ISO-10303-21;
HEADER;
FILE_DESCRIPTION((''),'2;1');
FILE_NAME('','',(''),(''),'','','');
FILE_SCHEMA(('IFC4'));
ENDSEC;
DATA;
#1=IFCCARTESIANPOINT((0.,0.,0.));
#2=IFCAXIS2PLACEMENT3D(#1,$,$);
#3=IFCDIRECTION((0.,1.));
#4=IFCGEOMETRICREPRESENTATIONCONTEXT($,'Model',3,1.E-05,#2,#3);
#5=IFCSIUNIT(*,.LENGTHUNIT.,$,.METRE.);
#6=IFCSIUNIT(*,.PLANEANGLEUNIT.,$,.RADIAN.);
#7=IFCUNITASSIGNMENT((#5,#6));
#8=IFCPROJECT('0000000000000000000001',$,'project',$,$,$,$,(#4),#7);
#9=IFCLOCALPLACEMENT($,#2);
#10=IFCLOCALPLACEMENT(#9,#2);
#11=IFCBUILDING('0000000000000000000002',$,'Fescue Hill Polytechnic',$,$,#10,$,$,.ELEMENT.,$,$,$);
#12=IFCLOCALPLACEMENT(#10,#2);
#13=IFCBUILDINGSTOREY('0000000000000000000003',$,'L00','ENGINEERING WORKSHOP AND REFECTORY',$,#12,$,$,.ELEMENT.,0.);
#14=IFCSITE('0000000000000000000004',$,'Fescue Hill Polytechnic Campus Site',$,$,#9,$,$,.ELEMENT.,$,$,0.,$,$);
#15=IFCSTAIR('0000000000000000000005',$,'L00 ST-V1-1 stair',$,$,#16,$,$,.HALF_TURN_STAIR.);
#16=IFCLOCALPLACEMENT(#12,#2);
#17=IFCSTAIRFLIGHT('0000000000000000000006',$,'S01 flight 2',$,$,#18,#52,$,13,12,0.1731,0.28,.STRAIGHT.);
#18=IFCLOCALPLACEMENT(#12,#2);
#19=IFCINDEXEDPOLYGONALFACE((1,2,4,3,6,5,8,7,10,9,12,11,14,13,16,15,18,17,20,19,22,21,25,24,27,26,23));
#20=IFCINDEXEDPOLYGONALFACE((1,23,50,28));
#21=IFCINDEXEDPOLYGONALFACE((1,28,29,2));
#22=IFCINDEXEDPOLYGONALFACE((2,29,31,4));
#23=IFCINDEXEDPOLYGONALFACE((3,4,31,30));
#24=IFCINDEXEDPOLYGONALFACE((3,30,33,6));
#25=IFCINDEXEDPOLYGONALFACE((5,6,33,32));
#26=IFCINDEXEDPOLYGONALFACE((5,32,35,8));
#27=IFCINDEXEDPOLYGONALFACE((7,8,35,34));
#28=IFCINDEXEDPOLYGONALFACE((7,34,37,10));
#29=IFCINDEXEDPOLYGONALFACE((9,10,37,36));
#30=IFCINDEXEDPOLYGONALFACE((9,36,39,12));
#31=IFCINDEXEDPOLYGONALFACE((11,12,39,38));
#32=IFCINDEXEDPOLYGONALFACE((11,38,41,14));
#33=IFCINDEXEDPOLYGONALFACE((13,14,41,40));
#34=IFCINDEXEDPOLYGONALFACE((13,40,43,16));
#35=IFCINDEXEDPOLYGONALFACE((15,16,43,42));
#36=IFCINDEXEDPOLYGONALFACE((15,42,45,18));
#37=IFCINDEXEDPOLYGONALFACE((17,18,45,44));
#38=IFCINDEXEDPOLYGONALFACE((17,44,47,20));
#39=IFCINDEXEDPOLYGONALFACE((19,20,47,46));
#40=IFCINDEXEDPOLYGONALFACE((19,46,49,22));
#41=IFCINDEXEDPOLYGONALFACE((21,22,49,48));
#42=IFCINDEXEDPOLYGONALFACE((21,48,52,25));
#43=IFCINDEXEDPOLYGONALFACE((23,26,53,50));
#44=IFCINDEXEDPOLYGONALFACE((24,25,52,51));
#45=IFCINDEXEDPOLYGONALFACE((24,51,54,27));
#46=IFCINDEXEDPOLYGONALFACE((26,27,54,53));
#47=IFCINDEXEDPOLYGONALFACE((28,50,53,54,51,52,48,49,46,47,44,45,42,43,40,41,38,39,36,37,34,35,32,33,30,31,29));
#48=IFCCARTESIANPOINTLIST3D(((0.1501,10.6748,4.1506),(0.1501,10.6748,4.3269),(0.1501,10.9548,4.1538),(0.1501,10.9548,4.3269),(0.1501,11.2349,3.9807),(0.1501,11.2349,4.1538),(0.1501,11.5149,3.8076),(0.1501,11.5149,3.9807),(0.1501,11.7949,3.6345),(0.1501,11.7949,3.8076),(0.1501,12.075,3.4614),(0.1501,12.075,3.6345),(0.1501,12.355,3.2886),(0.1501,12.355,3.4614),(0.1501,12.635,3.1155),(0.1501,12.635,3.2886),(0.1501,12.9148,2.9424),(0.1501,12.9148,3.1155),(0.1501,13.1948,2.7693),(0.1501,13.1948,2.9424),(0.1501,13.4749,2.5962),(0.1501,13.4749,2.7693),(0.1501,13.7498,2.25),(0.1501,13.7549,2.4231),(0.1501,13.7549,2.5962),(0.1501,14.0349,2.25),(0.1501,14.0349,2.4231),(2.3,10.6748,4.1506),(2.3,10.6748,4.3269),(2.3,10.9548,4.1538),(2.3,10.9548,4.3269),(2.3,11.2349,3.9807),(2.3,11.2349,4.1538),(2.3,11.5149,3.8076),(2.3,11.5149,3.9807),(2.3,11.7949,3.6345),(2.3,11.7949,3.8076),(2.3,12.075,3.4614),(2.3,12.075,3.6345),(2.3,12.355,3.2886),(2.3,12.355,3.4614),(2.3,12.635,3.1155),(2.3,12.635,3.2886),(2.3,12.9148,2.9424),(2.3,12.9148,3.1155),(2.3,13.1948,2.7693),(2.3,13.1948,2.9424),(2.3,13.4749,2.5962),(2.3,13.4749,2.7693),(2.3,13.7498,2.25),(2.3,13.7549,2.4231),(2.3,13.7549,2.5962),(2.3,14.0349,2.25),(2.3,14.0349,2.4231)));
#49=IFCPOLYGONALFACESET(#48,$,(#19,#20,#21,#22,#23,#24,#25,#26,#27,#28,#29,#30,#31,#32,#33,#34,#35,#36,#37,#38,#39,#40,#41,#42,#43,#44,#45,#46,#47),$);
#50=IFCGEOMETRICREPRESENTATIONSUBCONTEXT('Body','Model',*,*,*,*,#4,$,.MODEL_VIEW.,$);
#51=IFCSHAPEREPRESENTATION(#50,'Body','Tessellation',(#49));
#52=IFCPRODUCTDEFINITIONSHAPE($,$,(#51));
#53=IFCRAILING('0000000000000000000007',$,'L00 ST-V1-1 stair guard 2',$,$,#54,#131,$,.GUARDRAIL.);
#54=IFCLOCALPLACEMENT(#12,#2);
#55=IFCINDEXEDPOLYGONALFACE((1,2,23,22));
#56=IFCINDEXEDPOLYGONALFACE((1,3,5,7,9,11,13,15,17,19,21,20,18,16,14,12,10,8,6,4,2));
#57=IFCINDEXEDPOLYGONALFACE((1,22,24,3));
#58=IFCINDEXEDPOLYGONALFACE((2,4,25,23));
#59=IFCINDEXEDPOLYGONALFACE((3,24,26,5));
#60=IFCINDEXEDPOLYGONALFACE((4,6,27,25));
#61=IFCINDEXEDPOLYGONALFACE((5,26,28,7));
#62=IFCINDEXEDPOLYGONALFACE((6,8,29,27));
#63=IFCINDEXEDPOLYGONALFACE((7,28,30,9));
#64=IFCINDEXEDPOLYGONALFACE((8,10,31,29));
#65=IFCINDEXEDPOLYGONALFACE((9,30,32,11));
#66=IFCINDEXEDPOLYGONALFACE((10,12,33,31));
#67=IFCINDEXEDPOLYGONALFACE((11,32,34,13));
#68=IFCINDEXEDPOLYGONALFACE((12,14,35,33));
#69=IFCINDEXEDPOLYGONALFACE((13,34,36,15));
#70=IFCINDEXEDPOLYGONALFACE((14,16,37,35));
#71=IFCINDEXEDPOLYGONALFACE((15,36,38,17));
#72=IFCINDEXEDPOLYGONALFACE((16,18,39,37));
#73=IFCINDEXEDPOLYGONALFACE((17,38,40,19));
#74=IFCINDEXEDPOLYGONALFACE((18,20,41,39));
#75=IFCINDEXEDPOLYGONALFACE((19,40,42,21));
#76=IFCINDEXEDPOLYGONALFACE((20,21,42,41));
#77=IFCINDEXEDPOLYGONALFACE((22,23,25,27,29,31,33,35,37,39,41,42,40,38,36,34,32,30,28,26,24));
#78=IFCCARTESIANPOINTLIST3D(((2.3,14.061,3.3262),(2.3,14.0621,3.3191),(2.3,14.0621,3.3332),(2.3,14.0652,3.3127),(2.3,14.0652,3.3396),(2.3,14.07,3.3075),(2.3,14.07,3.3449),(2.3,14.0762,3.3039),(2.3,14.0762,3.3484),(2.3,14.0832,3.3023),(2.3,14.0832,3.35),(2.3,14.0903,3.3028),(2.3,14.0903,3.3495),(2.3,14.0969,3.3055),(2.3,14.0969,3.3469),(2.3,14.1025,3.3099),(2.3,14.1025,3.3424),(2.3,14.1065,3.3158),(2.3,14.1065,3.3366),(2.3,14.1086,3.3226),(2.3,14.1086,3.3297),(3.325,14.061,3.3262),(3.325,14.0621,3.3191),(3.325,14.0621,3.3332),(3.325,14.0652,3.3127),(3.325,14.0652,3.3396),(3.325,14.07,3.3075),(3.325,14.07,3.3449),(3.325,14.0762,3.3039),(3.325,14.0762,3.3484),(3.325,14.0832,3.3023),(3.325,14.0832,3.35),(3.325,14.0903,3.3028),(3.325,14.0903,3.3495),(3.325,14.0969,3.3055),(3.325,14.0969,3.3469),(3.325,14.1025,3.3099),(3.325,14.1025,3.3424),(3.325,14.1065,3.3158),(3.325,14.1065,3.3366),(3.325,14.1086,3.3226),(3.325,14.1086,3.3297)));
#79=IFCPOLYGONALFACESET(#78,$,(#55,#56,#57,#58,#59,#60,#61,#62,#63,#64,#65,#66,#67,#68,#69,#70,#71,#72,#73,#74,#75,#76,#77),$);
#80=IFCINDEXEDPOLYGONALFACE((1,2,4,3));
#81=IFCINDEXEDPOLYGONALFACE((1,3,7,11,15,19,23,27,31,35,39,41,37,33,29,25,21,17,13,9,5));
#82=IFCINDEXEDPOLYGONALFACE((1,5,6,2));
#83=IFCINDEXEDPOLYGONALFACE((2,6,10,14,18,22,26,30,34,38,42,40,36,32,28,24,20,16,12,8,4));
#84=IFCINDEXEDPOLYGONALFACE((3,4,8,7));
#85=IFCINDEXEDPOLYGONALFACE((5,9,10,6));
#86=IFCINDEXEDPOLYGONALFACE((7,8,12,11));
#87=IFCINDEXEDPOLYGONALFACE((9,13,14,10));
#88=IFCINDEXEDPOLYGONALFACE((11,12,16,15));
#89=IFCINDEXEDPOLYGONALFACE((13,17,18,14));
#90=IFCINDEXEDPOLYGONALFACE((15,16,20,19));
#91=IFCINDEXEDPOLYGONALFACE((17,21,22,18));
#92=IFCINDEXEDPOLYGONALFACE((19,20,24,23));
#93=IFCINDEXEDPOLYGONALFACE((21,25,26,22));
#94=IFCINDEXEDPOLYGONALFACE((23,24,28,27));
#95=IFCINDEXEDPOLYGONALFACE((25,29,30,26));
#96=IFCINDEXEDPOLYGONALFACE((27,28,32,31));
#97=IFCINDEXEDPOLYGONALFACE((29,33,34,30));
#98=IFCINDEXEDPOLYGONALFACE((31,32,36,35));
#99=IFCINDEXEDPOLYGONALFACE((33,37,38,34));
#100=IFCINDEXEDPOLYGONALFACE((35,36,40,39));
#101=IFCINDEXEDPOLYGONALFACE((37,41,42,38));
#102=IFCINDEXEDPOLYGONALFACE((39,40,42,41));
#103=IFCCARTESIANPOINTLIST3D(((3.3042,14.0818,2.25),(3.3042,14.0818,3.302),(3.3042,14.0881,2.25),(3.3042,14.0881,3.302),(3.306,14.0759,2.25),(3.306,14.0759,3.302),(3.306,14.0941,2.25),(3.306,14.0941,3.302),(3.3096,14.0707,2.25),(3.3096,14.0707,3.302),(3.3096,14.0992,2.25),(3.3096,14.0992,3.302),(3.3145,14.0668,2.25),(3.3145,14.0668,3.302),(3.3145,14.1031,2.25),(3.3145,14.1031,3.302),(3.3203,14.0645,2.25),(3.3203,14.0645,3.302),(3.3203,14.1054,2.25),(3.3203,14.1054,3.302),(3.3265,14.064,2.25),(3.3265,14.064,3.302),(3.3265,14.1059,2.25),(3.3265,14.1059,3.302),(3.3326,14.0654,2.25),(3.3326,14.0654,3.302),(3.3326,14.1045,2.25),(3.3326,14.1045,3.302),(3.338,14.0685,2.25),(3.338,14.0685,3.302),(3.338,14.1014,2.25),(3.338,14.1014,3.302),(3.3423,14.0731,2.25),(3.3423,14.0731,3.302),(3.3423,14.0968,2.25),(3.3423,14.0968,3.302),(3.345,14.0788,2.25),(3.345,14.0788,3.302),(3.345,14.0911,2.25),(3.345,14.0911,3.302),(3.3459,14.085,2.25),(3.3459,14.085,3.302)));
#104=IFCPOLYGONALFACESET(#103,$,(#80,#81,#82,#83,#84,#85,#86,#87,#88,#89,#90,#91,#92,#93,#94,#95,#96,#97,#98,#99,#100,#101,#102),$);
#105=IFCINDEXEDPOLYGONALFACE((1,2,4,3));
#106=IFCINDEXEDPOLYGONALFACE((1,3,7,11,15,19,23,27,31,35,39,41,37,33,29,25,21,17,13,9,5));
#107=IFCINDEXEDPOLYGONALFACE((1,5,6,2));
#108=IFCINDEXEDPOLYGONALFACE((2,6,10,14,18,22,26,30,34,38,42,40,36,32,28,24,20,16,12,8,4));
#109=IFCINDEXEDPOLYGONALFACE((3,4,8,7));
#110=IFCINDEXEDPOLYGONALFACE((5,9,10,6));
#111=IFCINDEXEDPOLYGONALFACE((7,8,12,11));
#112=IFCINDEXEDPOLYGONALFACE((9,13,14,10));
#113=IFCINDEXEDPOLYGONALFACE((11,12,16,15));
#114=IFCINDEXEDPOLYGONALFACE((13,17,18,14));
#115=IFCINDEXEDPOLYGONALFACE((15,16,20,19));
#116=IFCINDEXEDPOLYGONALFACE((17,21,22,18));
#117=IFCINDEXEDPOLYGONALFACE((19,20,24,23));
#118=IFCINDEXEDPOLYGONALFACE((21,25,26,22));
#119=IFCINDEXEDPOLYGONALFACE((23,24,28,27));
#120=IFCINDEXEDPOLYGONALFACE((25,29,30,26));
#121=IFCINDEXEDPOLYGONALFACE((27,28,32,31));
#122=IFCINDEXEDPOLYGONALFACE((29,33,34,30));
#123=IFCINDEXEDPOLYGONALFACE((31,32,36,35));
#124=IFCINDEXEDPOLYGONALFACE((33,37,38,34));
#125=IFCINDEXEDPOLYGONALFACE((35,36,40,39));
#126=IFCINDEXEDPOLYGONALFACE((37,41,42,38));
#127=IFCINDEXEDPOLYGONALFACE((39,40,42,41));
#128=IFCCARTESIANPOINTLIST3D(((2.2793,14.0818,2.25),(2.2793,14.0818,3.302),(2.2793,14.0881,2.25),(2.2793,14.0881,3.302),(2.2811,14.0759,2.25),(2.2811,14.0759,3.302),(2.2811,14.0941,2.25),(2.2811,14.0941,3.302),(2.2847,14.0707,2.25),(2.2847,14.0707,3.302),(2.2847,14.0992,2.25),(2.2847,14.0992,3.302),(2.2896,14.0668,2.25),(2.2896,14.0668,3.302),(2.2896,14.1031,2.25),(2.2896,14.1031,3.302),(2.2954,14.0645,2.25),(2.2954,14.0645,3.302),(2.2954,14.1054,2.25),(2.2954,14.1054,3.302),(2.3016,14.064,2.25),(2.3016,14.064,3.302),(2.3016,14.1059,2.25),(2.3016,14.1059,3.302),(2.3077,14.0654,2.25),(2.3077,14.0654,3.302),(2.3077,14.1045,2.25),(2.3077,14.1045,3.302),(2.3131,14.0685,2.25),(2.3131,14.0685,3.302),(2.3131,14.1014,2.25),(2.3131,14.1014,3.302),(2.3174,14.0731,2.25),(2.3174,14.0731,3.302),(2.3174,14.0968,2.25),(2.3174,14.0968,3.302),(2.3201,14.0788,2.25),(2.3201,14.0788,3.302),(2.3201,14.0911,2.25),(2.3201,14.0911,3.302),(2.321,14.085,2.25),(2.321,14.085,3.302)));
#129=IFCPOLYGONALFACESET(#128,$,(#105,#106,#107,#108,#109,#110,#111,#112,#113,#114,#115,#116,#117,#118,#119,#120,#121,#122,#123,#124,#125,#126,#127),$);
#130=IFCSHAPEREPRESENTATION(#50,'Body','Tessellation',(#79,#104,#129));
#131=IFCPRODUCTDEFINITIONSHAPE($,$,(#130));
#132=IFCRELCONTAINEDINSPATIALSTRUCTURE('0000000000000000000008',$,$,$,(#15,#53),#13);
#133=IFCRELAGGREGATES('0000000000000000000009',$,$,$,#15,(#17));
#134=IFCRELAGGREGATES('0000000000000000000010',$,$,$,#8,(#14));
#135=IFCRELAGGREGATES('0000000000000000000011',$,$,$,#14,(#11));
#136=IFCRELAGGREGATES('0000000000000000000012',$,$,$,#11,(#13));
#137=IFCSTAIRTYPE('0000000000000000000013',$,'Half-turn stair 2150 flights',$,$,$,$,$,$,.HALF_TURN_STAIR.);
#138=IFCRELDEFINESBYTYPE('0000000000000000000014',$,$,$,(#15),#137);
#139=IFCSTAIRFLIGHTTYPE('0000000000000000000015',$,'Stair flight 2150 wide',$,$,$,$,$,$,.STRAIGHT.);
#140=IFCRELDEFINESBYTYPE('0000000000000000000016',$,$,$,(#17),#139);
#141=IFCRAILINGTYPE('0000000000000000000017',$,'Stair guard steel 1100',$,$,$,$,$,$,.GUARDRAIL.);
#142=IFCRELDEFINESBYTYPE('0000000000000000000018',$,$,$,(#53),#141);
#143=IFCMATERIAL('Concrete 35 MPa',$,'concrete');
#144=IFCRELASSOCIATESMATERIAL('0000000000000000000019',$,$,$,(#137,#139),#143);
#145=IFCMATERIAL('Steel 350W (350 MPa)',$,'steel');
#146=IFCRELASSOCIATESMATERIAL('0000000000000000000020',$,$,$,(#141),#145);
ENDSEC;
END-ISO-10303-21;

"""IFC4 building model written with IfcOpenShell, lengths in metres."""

from ifc_helpers import new_model, si_unit, direction, frame, origin, origin_2d, place, context, subcontext, project, spatial, polyline, circle, outline, extrude, material, type_object, element, aggregate, save


model = new_model("IFC4")

# Units and contexts
model_context = context("Model", 3, precision=1e-05, world=origin(), true_north=direction((0.0, 1.0)))
body_context = subcontext(model_context, "Body", "Model", "MODEL_VIEW")
ifc_project = project(units=[si_unit("LENGTHUNIT", "METRE"), si_unit("PLANEANGLEUNIT", "RADIAN")], contexts=[model_context])

# Site, building, storey
site_placement = place(None, origin())
site = spatial("IfcSite", under=ifc_project, at=site_placement, Name="Fescue Hill Polytechnic Campus Site", CompositionType="ELEMENT", RefElevation=0.0)
building_placement = place(site_placement, origin())
building = spatial("IfcBuilding", under=site, at=building_placement, Name="Fescue Hill Polytechnic", CompositionType="ELEMENT")
storey_placement = place(building_placement, origin())
storey = spatial("IfcBuildingStorey", under=building, at=storey_placement, Name="L00", Description="ENGINEERING WORKSHOP AND REFECTORY", CompositionType="ELEMENT", Elevation=0.0)

# Stair, stair flight
ifc_material_1 = material(Name="Concrete 35 MPa", Category="concrete")
stair_type = type_object("IfcStairType", Name="Half-turn stair 2150 flights", PredefinedType="HALF_TURN_STAIR", material=ifc_material_1)
stair_placement = place(storey_placement, origin())
stair = element("IfcStair", 1, at=stair_placement, inside=storey, type_object=stair_type, Name="L00 ST-V1-1 stair", PredefinedType="HALF_TURN_STAIR")
stair_flight_type = type_object("IfcStairFlightType", Name="Stair flight 2150 wide", PredefinedType="STRAIGHT", material=ifc_material_1)
stair_flight_placement = place(storey_placement, frame((1.2251, 14.0349, 2.25), z_axis=(0.0, 0.0, 1.0), x_axis=(0.0, -1.0, 0.0)))
stair_flight = element("IfcStairFlight", 2, at=stair_flight_placement, type_object=stair_flight_type, Name="S01 flight 2", NumberOfRisers=13, NumberOfTreads=12, PredefinedType="STRAIGHT", RiserHeight=0.1731, TreadLength=0.28, context=body_context, shape_type="SweptSolid", body=[
    extrude(outline(polyline([(0.0, 0.0), (0.0, 0.1731), (0.28, 0.1731), (0.28, 0.3462), (0.5601, 0.3462), (0.5601, 0.5193), (0.8401, 0.5193), (0.8401, 0.6924), (1.1201, 0.6924), (1.1201, 0.8655), (1.3999, 0.8655), (1.3999, 1.0386), (1.6799, 1.0386), (1.6799, 1.2114), (1.96, 1.2114), (1.96, 1.3845), (2.24, 1.3845), (2.24, 1.5576), (2.52, 1.5576), (2.52, 1.7307), (2.8, 1.7307), (2.8, 1.9038), (3.0801, 1.9038), (3.0801, 2.0769), (3.3601, 2.0769), (3.3601, 2.25), (3.3601, 1.9006), (0.2852, 0.0), (0.0, 0.0)])), frame((0.0, 1.075, 0.0), z_axis=(0.0, -1.0, 0.0), x_axis=(1.0, 0.0, 0.0)), (0.0, 0.0, 1.0), 2.1499),
])
aggregate(stair, [stair_flight])

# Railing
ifc_material_2 = material(Name="Steel 350W (350 MPa)", Category="steel")
railing_type_1 = type_object("IfcRailingType", Name="Stair guard steel 1100", PredefinedType="GUARDRAIL", material=ifc_material_2)
railing_1_placement = place(storey_placement, frame((3.325, 14.085, 2.25)))
element("IfcRailing", 3, at=railing_1_placement, inside=storey, type_object=railing_type_1, Name="L00 ST-V1-1 stair guard 2", PredefinedType="GUARDRAIL", context=body_context, shape_type="SweptSolid", body=[
    extrude(circle(Radius=0.0239, at=origin_2d()), frame((0.0, 0.0, 1.0762), z_axis=(-1.0, 0.0, 0.0), x_axis=(0.0, -1.0, 0.0)), (0.0, 0.0, 1.0), 1.0249),
    extrude(circle(Radius=0.021, at=origin_2d()), origin(), (0.0, 0.0, 1.0), 1.052),
    extrude(circle(Radius=0.021, at=origin_2d()), frame((-1.0249, 0.0, 0.0)), (0.0, 0.0, 1.0), 1.052),
])

save(model, "model.ifc")
